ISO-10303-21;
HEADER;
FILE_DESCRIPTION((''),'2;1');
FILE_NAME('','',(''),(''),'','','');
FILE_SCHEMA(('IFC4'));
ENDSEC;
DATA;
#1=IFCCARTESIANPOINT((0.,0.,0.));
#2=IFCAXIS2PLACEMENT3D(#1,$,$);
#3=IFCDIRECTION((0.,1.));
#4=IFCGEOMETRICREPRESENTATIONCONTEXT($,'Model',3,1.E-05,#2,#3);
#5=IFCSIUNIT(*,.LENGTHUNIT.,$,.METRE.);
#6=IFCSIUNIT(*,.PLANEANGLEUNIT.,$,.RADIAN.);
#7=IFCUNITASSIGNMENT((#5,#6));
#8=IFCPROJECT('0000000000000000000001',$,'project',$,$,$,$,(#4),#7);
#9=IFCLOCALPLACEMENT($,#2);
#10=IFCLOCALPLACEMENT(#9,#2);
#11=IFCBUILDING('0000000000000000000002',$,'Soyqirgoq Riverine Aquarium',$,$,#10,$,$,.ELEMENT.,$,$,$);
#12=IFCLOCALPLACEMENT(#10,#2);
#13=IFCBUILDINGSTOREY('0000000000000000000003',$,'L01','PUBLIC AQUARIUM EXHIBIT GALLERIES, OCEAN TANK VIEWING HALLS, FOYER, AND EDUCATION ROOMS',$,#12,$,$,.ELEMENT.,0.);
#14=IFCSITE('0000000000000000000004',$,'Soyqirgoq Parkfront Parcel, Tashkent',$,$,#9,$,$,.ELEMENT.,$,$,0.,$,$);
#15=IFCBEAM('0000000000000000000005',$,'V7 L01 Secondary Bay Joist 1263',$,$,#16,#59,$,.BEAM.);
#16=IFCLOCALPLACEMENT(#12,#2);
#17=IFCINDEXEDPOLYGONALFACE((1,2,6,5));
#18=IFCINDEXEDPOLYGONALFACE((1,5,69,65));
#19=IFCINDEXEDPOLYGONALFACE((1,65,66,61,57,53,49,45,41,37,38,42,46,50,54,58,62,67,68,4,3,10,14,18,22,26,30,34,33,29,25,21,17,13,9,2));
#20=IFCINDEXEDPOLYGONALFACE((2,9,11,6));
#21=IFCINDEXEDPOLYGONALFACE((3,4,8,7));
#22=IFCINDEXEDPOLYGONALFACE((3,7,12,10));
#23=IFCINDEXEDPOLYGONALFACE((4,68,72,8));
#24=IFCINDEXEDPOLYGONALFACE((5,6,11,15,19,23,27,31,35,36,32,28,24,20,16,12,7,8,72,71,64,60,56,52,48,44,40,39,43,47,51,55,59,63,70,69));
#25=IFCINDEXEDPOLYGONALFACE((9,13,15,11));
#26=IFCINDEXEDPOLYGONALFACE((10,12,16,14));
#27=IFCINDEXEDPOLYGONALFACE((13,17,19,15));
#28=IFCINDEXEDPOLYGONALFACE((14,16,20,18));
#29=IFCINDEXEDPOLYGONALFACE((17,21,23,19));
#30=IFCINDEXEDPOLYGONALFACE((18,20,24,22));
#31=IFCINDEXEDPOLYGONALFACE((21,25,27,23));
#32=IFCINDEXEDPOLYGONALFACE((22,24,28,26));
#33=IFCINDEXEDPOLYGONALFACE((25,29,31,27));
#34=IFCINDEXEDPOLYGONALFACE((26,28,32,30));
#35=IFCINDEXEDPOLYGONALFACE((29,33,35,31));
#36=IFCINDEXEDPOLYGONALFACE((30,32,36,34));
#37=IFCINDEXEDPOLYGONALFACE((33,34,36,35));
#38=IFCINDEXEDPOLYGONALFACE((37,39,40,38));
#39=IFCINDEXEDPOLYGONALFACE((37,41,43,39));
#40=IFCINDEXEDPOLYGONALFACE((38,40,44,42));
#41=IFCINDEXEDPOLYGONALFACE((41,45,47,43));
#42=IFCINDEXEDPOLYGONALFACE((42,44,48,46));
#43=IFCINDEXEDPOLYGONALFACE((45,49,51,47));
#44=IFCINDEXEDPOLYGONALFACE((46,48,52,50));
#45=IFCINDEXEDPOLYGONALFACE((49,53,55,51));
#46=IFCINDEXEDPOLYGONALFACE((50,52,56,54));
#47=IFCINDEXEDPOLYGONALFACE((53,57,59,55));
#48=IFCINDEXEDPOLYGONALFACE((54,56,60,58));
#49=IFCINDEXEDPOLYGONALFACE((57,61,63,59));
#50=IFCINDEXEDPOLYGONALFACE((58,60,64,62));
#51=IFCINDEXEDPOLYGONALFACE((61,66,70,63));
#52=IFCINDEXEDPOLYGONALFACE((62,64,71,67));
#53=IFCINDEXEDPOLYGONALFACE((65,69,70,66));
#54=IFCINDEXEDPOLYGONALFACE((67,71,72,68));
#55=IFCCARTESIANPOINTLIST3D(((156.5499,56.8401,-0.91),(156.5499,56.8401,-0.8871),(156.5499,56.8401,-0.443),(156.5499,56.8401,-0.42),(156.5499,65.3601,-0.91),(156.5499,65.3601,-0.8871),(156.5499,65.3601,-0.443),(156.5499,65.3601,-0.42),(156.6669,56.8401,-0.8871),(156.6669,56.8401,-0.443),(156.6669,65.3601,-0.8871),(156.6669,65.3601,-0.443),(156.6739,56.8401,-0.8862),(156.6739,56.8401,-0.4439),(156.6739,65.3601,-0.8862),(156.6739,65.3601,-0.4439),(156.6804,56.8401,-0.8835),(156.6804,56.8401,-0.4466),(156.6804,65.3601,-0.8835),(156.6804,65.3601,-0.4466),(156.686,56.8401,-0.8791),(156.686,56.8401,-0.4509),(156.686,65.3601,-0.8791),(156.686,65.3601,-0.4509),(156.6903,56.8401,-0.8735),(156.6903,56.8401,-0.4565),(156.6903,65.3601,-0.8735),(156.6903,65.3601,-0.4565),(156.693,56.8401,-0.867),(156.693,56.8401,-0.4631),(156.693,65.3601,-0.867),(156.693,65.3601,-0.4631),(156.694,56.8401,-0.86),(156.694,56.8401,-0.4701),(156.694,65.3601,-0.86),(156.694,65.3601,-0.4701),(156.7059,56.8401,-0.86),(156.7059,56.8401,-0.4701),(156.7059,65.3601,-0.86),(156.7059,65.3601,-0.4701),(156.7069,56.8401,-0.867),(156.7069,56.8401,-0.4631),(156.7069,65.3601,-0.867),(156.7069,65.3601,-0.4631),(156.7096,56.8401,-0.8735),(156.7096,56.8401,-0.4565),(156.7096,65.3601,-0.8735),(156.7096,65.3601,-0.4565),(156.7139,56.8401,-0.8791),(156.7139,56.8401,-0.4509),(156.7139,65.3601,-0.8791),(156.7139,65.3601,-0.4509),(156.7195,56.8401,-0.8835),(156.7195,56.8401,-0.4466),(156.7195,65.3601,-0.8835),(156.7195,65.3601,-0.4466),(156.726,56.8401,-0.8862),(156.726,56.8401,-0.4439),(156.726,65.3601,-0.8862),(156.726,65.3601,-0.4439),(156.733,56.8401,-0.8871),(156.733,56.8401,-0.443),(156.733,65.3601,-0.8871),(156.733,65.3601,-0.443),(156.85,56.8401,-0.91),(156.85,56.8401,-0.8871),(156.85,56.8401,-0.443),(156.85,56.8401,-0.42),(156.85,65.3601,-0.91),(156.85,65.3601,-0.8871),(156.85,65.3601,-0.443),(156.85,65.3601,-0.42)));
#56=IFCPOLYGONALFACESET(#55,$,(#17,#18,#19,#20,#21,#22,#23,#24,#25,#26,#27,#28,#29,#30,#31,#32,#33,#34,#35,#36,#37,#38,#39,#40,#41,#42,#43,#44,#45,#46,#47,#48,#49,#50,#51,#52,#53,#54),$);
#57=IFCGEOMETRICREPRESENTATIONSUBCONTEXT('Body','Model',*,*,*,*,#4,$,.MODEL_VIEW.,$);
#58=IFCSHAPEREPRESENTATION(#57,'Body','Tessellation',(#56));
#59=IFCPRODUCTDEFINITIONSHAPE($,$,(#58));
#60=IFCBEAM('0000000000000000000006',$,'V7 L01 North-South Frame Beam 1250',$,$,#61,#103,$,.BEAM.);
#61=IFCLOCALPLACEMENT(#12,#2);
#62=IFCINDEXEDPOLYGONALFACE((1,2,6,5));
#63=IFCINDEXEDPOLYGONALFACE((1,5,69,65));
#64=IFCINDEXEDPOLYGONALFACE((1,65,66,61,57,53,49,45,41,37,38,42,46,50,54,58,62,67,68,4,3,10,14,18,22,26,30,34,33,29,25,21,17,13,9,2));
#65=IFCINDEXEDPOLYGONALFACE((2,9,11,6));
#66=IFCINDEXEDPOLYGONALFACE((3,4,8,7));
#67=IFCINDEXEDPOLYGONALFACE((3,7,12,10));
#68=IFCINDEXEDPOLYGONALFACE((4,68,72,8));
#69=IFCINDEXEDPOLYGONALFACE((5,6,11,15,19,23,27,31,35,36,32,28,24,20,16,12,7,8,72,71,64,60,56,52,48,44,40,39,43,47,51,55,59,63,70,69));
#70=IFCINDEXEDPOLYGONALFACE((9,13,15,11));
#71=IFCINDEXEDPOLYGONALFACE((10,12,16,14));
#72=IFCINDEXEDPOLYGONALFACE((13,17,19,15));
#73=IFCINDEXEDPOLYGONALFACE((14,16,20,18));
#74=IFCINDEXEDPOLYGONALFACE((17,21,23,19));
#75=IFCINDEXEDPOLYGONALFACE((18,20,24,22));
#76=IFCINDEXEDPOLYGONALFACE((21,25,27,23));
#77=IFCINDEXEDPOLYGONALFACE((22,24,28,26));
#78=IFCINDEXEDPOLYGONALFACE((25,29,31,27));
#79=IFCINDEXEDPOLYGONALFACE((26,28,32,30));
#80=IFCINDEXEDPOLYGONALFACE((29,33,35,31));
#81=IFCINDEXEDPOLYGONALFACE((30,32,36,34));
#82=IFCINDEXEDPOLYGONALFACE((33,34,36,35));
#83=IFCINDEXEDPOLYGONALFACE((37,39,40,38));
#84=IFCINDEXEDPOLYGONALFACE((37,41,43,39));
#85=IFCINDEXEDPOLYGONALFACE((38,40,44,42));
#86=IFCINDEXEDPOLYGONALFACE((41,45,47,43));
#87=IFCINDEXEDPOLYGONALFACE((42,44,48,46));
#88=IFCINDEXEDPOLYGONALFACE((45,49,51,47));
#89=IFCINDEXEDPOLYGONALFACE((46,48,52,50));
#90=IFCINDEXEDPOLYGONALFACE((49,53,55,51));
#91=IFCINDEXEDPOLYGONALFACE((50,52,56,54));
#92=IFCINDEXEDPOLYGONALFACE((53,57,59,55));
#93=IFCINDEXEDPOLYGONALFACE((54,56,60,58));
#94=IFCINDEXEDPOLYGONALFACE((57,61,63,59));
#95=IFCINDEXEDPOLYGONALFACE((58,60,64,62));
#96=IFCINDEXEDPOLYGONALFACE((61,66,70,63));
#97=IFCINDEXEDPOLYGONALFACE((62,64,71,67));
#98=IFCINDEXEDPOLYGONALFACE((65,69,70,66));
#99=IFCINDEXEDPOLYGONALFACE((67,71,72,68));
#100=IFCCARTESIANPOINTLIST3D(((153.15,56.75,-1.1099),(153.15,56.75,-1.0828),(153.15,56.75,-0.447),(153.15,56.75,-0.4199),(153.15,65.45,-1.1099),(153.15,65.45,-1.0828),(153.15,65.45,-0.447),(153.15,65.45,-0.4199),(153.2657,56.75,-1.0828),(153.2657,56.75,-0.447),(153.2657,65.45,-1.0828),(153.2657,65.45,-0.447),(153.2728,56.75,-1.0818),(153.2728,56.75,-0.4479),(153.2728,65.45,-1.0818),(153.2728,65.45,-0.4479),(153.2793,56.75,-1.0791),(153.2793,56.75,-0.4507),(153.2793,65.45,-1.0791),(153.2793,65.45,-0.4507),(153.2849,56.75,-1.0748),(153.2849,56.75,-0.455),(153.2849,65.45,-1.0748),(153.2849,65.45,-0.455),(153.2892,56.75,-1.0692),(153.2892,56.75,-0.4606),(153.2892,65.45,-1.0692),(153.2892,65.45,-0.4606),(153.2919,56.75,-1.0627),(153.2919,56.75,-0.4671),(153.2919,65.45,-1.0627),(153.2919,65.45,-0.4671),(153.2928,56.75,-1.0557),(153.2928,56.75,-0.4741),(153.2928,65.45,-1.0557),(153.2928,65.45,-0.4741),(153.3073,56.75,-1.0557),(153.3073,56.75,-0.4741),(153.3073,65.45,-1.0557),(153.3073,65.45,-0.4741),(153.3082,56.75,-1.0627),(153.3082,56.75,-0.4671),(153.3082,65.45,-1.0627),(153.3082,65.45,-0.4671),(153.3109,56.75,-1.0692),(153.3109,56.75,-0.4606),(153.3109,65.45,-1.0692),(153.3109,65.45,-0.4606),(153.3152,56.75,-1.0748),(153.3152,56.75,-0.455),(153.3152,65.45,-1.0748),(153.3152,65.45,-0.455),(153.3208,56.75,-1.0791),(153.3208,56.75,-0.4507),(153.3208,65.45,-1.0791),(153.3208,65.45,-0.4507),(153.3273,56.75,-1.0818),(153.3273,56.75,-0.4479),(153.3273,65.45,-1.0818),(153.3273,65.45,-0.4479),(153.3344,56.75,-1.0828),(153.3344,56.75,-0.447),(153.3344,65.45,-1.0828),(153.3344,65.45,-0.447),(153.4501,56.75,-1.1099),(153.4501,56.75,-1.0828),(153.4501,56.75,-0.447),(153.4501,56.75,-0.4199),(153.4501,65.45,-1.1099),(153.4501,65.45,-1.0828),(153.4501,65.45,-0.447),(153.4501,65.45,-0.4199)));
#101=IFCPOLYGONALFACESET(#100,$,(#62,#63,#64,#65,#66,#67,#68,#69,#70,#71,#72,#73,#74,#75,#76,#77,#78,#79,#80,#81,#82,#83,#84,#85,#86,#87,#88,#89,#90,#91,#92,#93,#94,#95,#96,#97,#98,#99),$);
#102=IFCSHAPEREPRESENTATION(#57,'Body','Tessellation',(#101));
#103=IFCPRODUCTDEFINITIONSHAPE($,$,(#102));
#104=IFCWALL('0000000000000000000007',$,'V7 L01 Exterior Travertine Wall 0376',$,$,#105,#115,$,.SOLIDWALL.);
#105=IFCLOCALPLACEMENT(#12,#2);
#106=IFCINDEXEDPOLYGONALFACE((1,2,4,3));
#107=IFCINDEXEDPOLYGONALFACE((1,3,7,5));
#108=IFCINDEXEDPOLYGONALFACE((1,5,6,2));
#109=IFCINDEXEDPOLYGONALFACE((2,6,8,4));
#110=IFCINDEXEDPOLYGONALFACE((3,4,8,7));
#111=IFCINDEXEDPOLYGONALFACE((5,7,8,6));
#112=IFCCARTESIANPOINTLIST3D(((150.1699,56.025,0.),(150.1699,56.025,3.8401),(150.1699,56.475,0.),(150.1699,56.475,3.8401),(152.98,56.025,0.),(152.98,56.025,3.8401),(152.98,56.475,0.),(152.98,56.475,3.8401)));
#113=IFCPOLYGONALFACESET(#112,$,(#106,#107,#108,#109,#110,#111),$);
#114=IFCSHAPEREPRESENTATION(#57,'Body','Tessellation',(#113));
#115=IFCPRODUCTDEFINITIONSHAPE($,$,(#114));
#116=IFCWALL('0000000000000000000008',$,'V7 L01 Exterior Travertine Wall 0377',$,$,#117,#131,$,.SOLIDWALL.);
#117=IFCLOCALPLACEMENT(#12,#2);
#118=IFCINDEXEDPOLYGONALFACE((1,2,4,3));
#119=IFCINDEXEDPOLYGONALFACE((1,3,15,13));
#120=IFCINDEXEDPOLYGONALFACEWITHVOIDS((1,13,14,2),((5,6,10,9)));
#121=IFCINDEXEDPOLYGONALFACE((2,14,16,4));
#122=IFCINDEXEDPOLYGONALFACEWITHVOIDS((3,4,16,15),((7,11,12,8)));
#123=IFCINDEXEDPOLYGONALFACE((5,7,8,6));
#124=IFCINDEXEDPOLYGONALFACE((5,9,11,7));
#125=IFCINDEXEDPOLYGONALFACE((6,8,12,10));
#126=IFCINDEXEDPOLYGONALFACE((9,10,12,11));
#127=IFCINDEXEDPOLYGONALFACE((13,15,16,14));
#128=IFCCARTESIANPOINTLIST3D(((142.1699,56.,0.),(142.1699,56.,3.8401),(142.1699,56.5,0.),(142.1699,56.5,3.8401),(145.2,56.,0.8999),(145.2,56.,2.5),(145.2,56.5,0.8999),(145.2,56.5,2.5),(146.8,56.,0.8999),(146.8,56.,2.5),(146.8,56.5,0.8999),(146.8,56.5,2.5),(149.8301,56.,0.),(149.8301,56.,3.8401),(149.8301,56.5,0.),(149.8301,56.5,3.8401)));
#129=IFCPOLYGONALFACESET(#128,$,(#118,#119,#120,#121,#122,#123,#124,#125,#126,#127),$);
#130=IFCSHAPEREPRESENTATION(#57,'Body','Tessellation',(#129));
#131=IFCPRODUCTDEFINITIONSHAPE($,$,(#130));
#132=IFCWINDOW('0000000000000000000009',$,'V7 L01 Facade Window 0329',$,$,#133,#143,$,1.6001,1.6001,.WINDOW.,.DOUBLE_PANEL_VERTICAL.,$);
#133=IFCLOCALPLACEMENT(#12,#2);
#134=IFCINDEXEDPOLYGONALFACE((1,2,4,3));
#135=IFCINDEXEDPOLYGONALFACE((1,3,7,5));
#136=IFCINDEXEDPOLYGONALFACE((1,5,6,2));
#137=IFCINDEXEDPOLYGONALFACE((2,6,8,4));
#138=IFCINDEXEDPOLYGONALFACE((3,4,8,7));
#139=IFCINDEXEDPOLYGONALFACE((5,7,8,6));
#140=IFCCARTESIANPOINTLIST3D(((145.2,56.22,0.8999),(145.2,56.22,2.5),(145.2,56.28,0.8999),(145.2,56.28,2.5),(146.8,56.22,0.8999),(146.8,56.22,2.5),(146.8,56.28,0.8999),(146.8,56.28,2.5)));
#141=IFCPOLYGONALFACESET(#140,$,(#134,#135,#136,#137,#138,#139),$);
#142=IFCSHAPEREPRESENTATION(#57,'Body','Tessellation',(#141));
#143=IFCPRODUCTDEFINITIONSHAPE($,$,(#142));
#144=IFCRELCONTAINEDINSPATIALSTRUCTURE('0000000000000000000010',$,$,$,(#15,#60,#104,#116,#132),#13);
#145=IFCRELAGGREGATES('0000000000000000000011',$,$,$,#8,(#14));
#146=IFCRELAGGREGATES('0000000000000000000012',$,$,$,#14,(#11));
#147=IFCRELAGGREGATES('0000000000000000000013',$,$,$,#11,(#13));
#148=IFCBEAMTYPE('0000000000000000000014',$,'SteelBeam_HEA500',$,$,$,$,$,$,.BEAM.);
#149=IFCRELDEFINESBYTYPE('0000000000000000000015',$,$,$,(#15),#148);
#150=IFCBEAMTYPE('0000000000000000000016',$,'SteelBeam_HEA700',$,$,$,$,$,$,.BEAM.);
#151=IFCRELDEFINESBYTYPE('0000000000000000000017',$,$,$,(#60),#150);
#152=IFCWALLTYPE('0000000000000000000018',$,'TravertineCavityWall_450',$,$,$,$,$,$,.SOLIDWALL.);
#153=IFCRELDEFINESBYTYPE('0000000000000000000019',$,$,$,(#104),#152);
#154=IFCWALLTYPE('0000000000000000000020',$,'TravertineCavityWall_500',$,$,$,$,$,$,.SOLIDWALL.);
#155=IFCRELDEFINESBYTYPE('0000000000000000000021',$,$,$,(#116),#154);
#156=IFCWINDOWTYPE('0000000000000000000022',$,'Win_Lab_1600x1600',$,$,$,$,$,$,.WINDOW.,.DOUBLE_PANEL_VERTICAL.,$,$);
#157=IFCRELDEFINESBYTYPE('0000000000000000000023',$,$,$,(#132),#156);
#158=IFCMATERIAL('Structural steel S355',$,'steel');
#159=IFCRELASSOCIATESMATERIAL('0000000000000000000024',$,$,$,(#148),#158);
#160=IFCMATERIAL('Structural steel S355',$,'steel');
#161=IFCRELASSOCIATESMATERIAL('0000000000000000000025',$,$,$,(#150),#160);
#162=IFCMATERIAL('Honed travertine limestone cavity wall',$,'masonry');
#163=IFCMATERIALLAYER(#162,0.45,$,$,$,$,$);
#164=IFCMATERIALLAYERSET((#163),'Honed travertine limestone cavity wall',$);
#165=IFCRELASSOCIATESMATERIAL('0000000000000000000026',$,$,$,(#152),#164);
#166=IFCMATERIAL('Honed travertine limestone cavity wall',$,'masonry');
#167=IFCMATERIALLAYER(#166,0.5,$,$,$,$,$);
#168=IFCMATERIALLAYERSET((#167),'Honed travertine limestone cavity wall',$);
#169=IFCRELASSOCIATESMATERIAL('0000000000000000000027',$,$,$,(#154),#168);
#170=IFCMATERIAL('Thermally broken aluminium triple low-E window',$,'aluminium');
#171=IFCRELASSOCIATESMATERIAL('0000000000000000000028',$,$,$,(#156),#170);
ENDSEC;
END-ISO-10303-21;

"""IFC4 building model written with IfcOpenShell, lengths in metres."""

from ifc_helpers import new_model, si_unit, direction, frame, frame_2d, origin, origin_2d, place, context, subcontext, project, spatial, rectangle, i_section, extrude, material, layer, layer_set, material_profile, profile_set, type_object, element, fill, save


model = new_model("IFC4")

# Units and contexts
model_context = context("Model", 3, precision=1e-05, world=origin(), true_north=direction((0.0, 1.0)))
body_context = subcontext(model_context, "Body", "Model", "MODEL_VIEW")
ifc_project = project(units=[si_unit("LENGTHUNIT", "METRE"), si_unit("PLANEANGLEUNIT", "RADIAN")], contexts=[model_context])

# Site, building, storey
site_placement = place(None, origin())
site = spatial("IfcSite", under=ifc_project, at=site_placement, Name="Soyqirgoq Parkfront Parcel, Tashkent", CompositionType="ELEMENT", RefElevation=0.0)
building_placement = place(site_placement, origin())
building = spatial("IfcBuilding", under=site, at=building_placement, Name="Soyqirgoq Riverine Aquarium", CompositionType="ELEMENT")
storey_placement = place(building_placement, origin())
storey = spatial("IfcBuildingStorey", under=building, at=storey_placement, Name="L01", Description="PUBLIC AQUARIUM EXHIBIT GALLERIES, OCEAN TANK VIEWING HALLS, FOYER, AND EDUCATION ROOMS", CompositionType="ELEMENT", Elevation=0.0)

# Beams
ifc_material_1 = material(Name="Structural steel S355", Category="steel")
ifc_material_profile_1 = material_profile(ifc_material_1, i_section(OverallWidth=0.3, OverallDepth=0.49, WebThickness=0.012, FlangeThickness=0.0229, FilletRadius=0.0271, at=origin_2d()), Name="HEA 500")
ifc_profile_set_1 = profile_set([ifc_material_profile_1], Name="Structural steel S355")
beam_type_1 = type_object("IfcBeamType", Name="SteelBeam_HEA500", PredefinedType="BEAM", material=ifc_profile_set_1)
beam_1_placement = place(storey_placement, frame((156.7, 56.8401, -0.665), z_axis=(0.0, 1.0, 0.0), x_axis=(-1.0, 0.0, 0.0)))
element("IfcBeam", 1, at=beam_1_placement, inside=storey, type_object=beam_type_1, Name="V7 L01 Secondary Bay Joist 1263", PredefinedType="BEAM", context=body_context, shape_type="SweptSolid", body=[
    extrude(i_section(OverallWidth=0.3, OverallDepth=0.49, WebThickness=0.012, FlangeThickness=0.0229, FilletRadius=0.0271, at=origin_2d()), origin(), (0.0, 0.0, 1.0), 8.52),
])
ifc_material_2 = material(Name="Structural steel S355", Category="steel")
ifc_material_profile_2 = material_profile(ifc_material_2, i_section(OverallWidth=0.3, OverallDepth=0.6899, WebThickness=0.0144, FlangeThickness=0.0271, FilletRadius=0.0271, at=origin_2d()), Name="HEA 700")
ifc_profile_set_2 = profile_set([ifc_material_profile_2], Name="Structural steel S355")
beam_type_2 = type_object("IfcBeamType", Name="SteelBeam_HEA700", PredefinedType="BEAM", material=ifc_profile_set_2)
beam_2_placement = place(storey_placement, frame((153.3, 56.75, -0.7649), z_axis=(0.0, 1.0, 0.0), x_axis=(-1.0, 0.0, 0.0)))
element("IfcBeam", 2, at=beam_2_placement, inside=storey, type_object=beam_type_2, Name="V7 L01 North-South Frame Beam 1250", PredefinedType="BEAM", context=body_context, shape_type="SweptSolid", body=[
    extrude(i_section(OverallWidth=0.3, OverallDepth=0.6899, WebThickness=0.0144, FlangeThickness=0.0271, FilletRadius=0.0271, at=origin_2d()), origin(), (0.0, 0.0, 1.0), 8.7),
])

# Wall
ifc_material_3 = material(Name="Honed travertine limestone cavity wall", Category="masonry")
ifc_layer_1 = layer(ifc_material_3, 0.45)
ifc_layer_set_1 = layer_set([ifc_layer_1], Name="Honed travertine limestone cavity wall")
wall_type_1 = type_object("IfcWallType", Name="TravertineCavityWall_450", PredefinedType="SOLIDWALL", material=ifc_layer_set_1)
wall_1_placement = place(storey_placement, frame((152.98, 56.25, 0.0), z_axis=(0.0, 0.0, 1.0), x_axis=(-1.0, 0.0, 0.0)))
element("IfcWall", 3, at=wall_1_placement, inside=storey, type_object=wall_type_1, Name="V7 L01 Exterior Travertine Wall 0376", PredefinedType="SOLIDWALL", context=body_context, shape_type="SweptSolid", body=[
    extrude(rectangle(XDim=2.8101, YDim=0.45, at=frame_2d((1.405, 0.0))), origin(), (0.0, 0.0, 1.0), 3.8401),
])

# Wall, opening, window
ifc_material_4 = material(Name="Honed travertine limestone cavity wall", Category="masonry")
ifc_layer_2 = layer(ifc_material_4, 0.5)
ifc_layer_set_2 = layer_set([ifc_layer_2], Name="Honed travertine limestone cavity wall")
wall_type_2 = type_object("IfcWallType", Name="TravertineCavityWall_500", PredefinedType="SOLIDWALL", material=ifc_layer_set_2)
wall_2_placement = place(storey_placement, frame((149.8301, 56.25, 0.0), z_axis=(0.0, 0.0, 1.0), x_axis=(-1.0, 0.0, 0.0)))
wall_2 = element("IfcWall", 4, at=wall_2_placement, inside=storey, type_object=wall_type_2, Name="V7 L01 Exterior Travertine Wall 0377", PredefinedType="SOLIDWALL", context=body_context, shape_type="SweptSolid", body=[
    extrude(rectangle(XDim=7.6602, YDim=0.5, at=frame_2d((3.8301, 0.0))), origin(), (0.0, 0.0, 1.0), 3.8401),
])
opening_1_placement = place(wall_2_placement, frame((3.03, 0.0, 0.8999)))
opening_1 = element("IfcOpeningElement", 5, at=opening_1_placement, cuts=wall_2, PredefinedType="OPENING", context=body_context, shape_type="SweptSolid", body=[
    extrude(rectangle(XDim=1.6001, YDim=1.6001, at=frame_2d((0.8, 0.8))), frame((0.0, 0.26, 0.0), z_axis=(0.0, -1.0, 0.0), x_axis=(1.0, 0.0, 0.0)), (0.0, 0.0, 1.0), 0.52),
])
ifc_material_5 = material(Name="Thermally broken aluminium triple low-E window", Category="aluminium")
window_type_1 = type_object("IfcWindowType", Name="Win_Lab_1600x1600", PartitioningType="DOUBLE_PANEL_VERTICAL", PredefinedType="WINDOW", material=ifc_material_5)
window_1_placement = place(opening_1_placement, origin())
window_1 = element("IfcWindow", 6, at=window_1_placement, inside=storey, type_object=window_type_1, Name="V7 L01 Facade Window 0329", OverallHeight=1.6001, OverallWidth=1.6001, PartitioningType="DOUBLE_PANEL_VERTICAL", PredefinedType="WINDOW", context=body_context, shape_type="SweptSolid", body=[
    extrude(rectangle(XDim=1.6001, YDim=1.6001, at=frame_2d((0.8, 0.8))), frame((0.0, 0.03, 0.0), z_axis=(0.0, -1.0, 0.0), x_axis=(1.0, 0.0, 0.0)), (0.0, 0.0, 1.0), 0.0601),
])
fill(opening_1, window_1)

save(model, "model.ifc")
